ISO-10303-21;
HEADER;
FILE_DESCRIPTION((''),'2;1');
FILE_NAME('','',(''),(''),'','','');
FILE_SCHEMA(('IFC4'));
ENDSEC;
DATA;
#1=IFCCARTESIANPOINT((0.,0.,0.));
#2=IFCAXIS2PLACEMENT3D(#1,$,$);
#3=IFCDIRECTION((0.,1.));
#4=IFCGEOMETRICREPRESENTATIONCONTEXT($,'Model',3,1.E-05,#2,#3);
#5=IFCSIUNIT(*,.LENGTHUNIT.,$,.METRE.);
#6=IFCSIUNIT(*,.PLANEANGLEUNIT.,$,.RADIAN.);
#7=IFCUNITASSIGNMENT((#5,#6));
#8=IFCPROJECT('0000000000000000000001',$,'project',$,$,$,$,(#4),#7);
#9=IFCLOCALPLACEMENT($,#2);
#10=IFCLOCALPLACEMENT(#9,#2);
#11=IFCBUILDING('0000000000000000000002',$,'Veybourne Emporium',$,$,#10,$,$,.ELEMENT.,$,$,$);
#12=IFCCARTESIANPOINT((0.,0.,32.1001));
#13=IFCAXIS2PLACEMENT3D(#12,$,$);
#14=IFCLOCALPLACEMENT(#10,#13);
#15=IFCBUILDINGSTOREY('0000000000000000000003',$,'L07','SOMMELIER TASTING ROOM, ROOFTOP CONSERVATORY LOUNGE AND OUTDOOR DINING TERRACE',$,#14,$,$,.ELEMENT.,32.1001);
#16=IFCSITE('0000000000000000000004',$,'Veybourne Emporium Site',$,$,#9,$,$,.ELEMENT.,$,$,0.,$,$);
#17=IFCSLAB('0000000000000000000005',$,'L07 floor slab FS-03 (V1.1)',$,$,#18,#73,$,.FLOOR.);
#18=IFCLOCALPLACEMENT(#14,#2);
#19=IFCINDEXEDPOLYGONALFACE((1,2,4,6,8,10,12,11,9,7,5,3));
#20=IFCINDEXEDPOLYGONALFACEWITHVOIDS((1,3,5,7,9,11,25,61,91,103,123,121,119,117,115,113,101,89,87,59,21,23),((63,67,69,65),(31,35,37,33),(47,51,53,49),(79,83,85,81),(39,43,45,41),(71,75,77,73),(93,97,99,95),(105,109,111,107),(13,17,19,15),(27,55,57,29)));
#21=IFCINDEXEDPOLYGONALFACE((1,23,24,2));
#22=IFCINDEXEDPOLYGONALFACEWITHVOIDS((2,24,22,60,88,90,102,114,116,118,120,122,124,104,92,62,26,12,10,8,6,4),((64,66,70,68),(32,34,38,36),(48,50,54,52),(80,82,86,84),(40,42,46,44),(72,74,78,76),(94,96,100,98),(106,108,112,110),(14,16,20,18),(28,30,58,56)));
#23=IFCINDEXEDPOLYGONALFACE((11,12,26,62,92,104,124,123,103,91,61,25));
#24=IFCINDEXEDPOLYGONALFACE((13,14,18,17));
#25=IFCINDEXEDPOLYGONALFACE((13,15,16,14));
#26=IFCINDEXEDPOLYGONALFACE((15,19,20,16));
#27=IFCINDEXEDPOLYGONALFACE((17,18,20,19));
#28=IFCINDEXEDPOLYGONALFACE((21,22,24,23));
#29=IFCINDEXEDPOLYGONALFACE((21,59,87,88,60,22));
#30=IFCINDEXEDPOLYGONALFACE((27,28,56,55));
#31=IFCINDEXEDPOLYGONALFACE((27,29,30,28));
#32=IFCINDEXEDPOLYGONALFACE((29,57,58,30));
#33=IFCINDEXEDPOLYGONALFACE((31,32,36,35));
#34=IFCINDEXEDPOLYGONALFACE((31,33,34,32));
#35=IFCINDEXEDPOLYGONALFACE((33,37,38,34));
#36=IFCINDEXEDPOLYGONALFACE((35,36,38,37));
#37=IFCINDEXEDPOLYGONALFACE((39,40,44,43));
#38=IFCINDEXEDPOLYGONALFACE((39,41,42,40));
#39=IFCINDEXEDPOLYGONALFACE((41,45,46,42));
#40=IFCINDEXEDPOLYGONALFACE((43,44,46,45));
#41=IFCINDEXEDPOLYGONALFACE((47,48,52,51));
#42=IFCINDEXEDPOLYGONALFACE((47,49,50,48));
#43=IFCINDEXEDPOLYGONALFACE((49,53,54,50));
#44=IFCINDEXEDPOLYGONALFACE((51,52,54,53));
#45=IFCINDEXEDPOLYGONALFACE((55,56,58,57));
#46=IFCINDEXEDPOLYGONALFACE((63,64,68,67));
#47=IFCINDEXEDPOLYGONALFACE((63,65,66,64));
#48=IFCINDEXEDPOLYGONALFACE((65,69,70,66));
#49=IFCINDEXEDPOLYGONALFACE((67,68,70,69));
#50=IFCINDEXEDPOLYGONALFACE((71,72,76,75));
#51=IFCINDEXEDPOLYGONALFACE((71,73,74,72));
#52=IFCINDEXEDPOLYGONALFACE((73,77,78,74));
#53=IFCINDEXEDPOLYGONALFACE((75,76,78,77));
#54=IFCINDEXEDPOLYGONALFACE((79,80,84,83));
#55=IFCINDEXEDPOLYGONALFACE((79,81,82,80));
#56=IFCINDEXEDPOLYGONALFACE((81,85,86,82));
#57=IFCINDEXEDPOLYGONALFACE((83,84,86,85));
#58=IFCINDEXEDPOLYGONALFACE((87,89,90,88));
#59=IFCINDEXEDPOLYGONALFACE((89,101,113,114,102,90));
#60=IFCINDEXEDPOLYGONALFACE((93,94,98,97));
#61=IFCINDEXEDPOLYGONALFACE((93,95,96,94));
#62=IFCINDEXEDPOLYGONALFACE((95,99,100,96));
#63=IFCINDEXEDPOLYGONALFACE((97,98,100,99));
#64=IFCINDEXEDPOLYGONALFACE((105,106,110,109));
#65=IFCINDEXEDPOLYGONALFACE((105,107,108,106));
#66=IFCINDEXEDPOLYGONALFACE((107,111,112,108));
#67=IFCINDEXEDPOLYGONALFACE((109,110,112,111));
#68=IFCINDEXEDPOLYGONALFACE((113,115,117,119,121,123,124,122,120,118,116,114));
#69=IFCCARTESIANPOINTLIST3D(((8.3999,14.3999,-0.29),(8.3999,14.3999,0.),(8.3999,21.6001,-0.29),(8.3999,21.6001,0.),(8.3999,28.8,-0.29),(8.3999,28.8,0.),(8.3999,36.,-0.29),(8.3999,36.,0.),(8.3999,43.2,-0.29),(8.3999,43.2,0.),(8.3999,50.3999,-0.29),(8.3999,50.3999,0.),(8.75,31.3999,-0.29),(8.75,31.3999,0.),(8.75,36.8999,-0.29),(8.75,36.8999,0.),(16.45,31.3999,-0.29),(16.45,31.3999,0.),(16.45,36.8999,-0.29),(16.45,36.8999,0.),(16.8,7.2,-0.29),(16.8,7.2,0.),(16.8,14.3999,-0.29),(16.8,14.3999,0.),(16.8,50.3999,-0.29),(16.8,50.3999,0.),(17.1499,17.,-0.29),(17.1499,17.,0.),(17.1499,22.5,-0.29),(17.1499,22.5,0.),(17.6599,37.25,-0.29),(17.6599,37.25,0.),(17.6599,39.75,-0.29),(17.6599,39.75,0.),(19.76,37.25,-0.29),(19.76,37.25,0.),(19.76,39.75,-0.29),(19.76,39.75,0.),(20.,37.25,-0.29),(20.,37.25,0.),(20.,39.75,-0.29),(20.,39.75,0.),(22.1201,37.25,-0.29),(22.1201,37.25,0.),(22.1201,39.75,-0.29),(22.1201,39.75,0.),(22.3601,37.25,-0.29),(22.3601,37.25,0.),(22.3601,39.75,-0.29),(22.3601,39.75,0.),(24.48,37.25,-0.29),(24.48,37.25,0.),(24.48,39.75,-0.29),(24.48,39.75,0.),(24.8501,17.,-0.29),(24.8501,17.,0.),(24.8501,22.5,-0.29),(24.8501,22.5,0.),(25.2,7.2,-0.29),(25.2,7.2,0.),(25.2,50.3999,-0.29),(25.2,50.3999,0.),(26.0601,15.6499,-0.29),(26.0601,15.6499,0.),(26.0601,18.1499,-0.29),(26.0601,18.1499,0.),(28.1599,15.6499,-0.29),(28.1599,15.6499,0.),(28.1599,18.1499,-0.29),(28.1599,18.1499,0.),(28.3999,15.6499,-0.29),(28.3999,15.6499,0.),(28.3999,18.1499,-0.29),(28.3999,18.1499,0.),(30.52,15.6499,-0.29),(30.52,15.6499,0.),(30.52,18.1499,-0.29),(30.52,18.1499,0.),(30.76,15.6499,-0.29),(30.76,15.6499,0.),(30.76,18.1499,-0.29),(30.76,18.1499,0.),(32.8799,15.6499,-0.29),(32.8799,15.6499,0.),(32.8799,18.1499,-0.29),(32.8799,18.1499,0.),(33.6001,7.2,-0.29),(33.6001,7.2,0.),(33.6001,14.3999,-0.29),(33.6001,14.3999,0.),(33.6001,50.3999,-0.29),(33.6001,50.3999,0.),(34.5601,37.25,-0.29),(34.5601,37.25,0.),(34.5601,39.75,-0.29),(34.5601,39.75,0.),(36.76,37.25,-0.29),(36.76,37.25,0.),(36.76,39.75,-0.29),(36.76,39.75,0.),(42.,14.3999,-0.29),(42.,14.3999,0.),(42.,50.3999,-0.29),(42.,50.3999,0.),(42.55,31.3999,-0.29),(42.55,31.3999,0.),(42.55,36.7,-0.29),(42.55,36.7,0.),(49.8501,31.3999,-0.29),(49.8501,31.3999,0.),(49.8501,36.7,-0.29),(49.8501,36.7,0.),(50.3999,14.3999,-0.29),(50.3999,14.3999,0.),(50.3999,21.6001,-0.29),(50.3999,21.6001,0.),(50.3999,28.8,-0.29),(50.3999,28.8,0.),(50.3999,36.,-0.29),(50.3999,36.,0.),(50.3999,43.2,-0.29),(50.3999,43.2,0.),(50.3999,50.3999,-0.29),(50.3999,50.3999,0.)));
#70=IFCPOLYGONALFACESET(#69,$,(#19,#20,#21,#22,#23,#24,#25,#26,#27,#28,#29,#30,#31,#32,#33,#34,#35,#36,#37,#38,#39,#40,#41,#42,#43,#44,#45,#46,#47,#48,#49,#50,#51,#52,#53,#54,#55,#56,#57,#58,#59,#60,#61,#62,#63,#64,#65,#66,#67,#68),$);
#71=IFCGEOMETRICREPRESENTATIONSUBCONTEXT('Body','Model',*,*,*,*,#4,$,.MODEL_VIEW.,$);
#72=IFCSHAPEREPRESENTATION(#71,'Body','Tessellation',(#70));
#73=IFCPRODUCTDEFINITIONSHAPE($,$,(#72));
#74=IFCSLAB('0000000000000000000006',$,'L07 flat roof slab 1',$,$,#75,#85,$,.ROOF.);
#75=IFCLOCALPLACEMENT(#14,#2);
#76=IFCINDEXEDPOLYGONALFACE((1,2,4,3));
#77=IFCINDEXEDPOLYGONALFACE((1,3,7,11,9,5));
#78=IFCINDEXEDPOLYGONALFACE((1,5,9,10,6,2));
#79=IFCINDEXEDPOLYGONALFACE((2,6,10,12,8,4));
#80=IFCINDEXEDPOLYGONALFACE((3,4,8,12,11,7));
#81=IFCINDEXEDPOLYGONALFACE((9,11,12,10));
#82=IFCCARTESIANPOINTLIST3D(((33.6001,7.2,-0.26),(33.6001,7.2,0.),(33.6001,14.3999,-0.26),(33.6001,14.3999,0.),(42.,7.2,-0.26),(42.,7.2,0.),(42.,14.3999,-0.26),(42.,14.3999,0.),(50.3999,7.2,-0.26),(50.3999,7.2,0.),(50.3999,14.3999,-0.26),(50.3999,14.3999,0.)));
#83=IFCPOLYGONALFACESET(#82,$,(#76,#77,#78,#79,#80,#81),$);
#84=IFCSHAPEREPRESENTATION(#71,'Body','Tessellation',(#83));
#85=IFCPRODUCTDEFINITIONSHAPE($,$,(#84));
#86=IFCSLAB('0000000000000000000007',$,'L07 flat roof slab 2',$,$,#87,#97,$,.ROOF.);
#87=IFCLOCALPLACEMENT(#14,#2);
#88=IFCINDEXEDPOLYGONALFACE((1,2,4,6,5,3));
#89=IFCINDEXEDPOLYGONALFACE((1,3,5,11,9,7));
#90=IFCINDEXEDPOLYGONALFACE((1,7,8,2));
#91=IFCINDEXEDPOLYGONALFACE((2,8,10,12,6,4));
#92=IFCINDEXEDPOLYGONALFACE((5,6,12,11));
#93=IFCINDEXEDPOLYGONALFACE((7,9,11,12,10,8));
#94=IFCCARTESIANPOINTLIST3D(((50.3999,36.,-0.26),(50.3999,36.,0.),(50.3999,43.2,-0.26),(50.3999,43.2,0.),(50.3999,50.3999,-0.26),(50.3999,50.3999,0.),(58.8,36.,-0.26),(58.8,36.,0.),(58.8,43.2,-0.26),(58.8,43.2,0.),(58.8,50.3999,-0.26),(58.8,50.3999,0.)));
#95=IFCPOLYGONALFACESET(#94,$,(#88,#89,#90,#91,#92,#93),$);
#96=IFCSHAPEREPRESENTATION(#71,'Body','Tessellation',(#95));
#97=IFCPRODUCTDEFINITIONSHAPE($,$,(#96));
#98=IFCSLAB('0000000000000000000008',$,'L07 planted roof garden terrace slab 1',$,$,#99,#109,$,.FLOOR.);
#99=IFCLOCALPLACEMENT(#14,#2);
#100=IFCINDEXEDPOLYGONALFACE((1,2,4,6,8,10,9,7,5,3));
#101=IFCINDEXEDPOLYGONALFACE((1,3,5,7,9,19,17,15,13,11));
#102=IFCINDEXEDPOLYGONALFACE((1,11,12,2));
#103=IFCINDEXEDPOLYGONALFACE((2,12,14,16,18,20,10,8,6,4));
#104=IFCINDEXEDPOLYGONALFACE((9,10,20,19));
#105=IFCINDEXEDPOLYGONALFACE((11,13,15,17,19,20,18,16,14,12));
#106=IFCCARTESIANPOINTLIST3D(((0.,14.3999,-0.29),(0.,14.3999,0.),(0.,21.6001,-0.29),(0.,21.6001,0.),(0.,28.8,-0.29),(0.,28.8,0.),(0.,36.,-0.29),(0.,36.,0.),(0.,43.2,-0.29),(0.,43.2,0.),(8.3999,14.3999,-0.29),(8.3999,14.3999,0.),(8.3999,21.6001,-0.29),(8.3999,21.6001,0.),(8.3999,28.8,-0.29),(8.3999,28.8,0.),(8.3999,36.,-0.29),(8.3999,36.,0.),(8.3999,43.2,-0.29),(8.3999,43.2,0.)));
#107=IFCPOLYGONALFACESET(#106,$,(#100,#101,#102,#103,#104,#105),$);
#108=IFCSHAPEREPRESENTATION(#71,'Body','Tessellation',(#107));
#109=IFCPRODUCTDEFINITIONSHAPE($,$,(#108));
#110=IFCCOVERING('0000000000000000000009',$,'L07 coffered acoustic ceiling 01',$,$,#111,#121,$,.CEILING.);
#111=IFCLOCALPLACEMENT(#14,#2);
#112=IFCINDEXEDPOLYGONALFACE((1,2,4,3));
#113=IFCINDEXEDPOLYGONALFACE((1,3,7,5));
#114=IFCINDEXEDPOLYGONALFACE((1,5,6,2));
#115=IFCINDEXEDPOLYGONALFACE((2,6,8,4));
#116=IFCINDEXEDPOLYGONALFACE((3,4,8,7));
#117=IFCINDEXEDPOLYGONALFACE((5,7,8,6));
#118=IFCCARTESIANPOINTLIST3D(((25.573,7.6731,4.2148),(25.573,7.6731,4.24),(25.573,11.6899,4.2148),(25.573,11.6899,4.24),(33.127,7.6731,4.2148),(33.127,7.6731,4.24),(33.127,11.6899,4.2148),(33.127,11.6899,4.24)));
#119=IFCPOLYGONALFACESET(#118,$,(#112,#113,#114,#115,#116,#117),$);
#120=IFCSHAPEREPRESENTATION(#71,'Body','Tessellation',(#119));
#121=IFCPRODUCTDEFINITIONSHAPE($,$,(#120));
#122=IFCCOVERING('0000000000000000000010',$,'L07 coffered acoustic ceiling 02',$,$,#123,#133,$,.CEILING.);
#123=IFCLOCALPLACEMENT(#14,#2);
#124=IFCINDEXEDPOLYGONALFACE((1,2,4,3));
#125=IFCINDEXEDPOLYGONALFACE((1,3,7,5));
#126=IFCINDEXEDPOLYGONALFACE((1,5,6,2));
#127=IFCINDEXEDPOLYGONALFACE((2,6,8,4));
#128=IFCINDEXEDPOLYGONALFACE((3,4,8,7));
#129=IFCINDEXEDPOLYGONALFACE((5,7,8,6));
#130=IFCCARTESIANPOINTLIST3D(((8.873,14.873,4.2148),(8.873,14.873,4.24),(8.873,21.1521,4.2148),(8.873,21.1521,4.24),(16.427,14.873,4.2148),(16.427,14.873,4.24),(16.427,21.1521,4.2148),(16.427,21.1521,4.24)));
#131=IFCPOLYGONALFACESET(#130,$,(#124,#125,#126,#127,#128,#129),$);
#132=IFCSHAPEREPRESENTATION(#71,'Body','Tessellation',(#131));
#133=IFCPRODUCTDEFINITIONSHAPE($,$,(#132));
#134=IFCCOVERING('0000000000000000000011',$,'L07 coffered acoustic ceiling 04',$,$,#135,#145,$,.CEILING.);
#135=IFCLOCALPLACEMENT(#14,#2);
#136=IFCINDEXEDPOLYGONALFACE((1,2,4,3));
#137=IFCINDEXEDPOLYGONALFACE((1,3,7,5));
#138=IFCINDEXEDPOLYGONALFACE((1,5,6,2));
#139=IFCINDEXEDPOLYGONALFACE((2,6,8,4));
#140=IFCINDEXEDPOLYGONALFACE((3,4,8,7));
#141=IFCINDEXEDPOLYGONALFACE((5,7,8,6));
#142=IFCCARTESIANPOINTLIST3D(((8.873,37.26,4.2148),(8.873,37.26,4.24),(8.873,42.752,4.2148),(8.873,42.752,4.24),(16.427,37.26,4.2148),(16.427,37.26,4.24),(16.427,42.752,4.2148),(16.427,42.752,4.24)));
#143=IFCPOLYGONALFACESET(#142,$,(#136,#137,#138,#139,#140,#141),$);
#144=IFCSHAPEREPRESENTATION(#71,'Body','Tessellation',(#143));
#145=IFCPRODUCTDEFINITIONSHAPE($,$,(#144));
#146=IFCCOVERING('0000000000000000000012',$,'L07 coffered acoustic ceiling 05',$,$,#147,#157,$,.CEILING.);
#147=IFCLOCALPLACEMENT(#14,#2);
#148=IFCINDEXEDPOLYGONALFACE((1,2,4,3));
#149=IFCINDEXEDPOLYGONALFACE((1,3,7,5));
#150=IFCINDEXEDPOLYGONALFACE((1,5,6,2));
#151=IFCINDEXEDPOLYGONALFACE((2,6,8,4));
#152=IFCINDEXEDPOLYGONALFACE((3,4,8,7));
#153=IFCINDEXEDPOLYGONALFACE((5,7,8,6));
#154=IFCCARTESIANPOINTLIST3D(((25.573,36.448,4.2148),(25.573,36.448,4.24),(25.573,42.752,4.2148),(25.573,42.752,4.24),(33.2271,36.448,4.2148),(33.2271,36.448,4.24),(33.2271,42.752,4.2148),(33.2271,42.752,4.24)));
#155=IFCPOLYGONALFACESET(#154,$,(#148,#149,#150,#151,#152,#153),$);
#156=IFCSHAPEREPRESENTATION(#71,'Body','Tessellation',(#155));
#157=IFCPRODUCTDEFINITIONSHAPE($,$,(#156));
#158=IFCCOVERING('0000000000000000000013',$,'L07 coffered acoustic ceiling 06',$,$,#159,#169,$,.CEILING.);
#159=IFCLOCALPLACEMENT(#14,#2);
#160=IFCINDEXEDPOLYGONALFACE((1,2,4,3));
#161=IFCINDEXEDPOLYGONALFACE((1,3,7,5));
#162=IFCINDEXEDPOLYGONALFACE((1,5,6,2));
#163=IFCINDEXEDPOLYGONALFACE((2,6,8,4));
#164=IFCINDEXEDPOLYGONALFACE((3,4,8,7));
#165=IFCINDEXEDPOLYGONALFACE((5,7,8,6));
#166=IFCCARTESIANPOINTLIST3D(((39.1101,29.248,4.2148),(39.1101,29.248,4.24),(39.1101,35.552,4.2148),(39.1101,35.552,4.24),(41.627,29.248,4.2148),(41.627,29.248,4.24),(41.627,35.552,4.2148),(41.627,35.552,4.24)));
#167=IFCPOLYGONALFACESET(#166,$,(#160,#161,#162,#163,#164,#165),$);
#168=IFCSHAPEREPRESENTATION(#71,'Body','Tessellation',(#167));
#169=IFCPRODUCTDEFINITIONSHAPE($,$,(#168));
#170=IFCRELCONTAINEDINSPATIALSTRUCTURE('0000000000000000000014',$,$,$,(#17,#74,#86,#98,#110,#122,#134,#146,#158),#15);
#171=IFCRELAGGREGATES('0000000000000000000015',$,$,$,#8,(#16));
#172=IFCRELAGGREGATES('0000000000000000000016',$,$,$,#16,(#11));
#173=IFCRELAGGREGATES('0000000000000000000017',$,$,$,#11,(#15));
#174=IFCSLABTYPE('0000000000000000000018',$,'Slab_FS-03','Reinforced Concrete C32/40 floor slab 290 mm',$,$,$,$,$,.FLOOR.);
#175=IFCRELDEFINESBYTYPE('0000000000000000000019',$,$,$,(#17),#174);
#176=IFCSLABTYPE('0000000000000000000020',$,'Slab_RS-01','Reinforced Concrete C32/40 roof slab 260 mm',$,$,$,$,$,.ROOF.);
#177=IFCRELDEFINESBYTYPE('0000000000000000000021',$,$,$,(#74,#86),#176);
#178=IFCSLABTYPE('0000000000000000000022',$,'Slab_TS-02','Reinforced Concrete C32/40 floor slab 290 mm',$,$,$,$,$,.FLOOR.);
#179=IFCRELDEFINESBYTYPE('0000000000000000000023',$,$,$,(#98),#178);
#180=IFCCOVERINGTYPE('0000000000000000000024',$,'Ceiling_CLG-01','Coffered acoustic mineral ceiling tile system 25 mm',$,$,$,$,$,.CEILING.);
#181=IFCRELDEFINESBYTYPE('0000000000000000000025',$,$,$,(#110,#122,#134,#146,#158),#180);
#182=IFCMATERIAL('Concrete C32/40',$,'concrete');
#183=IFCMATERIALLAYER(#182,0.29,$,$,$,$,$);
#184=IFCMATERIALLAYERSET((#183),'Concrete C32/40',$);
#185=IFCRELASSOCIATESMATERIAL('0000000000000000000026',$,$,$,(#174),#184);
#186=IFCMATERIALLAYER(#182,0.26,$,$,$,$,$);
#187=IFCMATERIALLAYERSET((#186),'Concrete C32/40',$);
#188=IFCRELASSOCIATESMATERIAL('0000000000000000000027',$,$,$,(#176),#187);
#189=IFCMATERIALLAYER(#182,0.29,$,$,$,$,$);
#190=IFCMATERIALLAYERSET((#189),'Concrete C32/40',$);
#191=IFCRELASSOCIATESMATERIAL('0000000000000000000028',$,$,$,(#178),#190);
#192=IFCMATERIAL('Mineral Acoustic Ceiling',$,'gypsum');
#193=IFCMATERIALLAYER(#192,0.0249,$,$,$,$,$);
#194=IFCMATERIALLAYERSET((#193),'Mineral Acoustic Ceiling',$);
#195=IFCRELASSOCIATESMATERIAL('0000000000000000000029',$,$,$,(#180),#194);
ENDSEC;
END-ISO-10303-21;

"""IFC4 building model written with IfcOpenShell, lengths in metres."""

from ifc_helpers import new_model, si_unit, direction, frame, origin, place, context, subcontext, project, spatial, polyline, outline, extrude, material, layer, layer_set, type_object, element, save


model = new_model("IFC4")

# Units and contexts
model_context = context("Model", 3, precision=1e-05, world=origin(), true_north=direction((0.0, 1.0)))
body_context = subcontext(model_context, "Body", "Model", "MODEL_VIEW")
ifc_project = project(units=[si_unit("LENGTHUNIT", "METRE"), si_unit("PLANEANGLEUNIT", "RADIAN")], contexts=[model_context])

# Site, building, storey
site_placement = place(None, origin())
site = spatial("IfcSite", under=ifc_project, at=site_placement, Name="Veybourne Emporium Site", CompositionType="ELEMENT", RefElevation=0.0)
building_placement = place(site_placement, origin())
building = spatial("IfcBuilding", under=site, at=building_placement, Name="Veybourne Emporium", CompositionType="ELEMENT")
storey_placement = place(building_placement, frame((0.0, 0.0, 32.1001)))
storey = spatial("IfcBuildingStorey", under=building, at=storey_placement, Name="L07", Description="SOMMELIER TASTING ROOM, ROOFTOP CONSERVATORY LOUNGE AND OUTDOOR DINING TERRACE", CompositionType="ELEMENT", Elevation=32.1001)

# Shared definitions
ifc_material_1 = material(Name="Concrete C32/40", Category="concrete")

# Slabs
ifc_layer_1 = layer(ifc_material_1, 0.29)
ifc_layer_set_1 = layer_set([ifc_layer_1], Name="Concrete C32/40")
slab_type_1 = type_object("IfcSlabType", Name="Slab_FS-03", Description="Reinforced Concrete C32/40 floor slab 290 mm", PredefinedType="FLOOR", material=ifc_layer_set_1)
slab_1_placement = place(storey_placement, frame((0.0, 0.0, -0.29)))
element("IfcSlab", 1, at=slab_1_placement, inside=storey, type_object=slab_type_1, Name="L07 floor slab FS-03 (V1.1)", PredefinedType="FLOOR", context=body_context, shape_type="SweptSolid", body=[
    extrude(outline(polyline([(8.3999, 21.6001), (8.3999, 28.8), (8.3999, 36.0), (8.3999, 43.2), (8.3999, 50.3999), (16.8, 50.3999), (25.2, 50.3999), (33.6001, 50.3999), (42.0, 50.3999), (50.3999, 50.3999), (50.3999, 43.2), (50.3999, 36.0), (50.3999, 28.8), (50.3999, 21.6001), (50.3999, 14.3999), (42.0, 14.3999), (33.6001, 14.3999), (33.6001, 7.2), (25.2, 7.2), (16.8, 7.2), (16.8, 14.3999), (8.3999, 14.3999), (8.3999, 21.6001)]), holes=[polyline([(28.1599, 18.1499), (26.0601, 18.1499), (26.0601, 15.6499), (28.1599, 15.6499), (28.1599, 18.1499)]), polyline([(30.52, 18.1499), (28.3999, 18.1499), (28.3999, 15.6499), (30.52, 15.6499), (30.52, 18.1499)]), polyline([(32.8799, 18.1499), (30.76, 18.1499), (30.76, 15.6499), (32.8799, 15.6499), (32.8799, 18.1499)]), polyline([(24.8501, 17.0), (24.8501, 22.5), (17.1499, 22.5), (17.1499, 17.0), (24.8501, 17.0)]), polyline([(49.8501, 31.3999), (49.8501, 36.7), (42.55, 36.7), (42.55, 31.3999), (49.8501, 31.3999)]), polyline([(16.45, 36.8999), (8.75, 36.8999), (8.75, 31.3999), (16.45, 31.3999), (16.45, 36.8999)]), polyline([(19.76, 39.75), (17.6599, 39.75), (17.6599, 37.25), (19.76, 37.25), (19.76, 39.75)]), polyline([(22.1201, 39.75), (20.0, 39.75), (20.0, 37.25), (22.1201, 37.25), (22.1201, 39.75)]), polyline([(24.48, 37.25), (24.48, 39.75), (22.3601, 39.75), (22.3601, 37.25), (24.48, 37.25)]), polyline([(36.76, 37.25), (36.76, 39.75), (34.5601, 39.75), (34.5601, 37.25), (36.76, 37.25)])]), origin(), (0.0, 0.0, 1.0), 0.29),
])
ifc_layer_2 = layer(ifc_material_1, 0.26)
ifc_layer_set_2 = layer_set([ifc_layer_2], Name="Concrete C32/40")
slab_type_2 = type_object("IfcSlabType", Name="Slab_RS-01", Description="Reinforced Concrete C32/40 roof slab 260 mm", PredefinedType="ROOF", material=ifc_layer_set_2)
slab_2_placement = place(storey_placement, frame((0.0, 0.0, -0.26)))
element("IfcSlab", 2, at=slab_2_placement, inside=storey, type_object=slab_type_2, Name="L07 flat roof slab 1", PredefinedType="ROOF", context=body_context, shape_type="SweptSolid", body=[
    extrude(outline(polyline([(42.0, 14.3999), (50.3999, 14.3999), (50.3999, 7.2), (42.0, 7.2), (33.6001, 7.2), (33.6001, 14.3999), (42.0, 14.3999)])), origin(), (0.0, 0.0, 1.0), 0.26),
])
slab_3_placement = place(storey_placement, frame((0.0, 0.0, -0.26)))
element("IfcSlab", 3, at=slab_3_placement, inside=storey, type_object=slab_type_2, Name="L07 flat roof slab 2", PredefinedType="ROOF", context=body_context, shape_type="SweptSolid", body=[
    extrude(outline(polyline([(50.3999, 43.2), (50.3999, 50.3999), (58.8, 50.3999), (58.8, 43.2), (58.8, 36.0), (50.3999, 36.0), (50.3999, 43.2)])), origin(), (0.0, 0.0, 1.0), 0.26),
])
ifc_layer_3 = layer(ifc_material_1, 0.29)
ifc_layer_set_3 = layer_set([ifc_layer_3], Name="Concrete C32/40")
slab_type_3 = type_object("IfcSlabType", Name="Slab_TS-02", Description="Reinforced Concrete C32/40 floor slab 290 mm", PredefinedType="FLOOR", material=ifc_layer_set_3)
slab_4_placement = place(storey_placement, frame((0.0, 0.0, -0.29)))
element("IfcSlab", 4, at=slab_4_placement, inside=storey, type_object=slab_type_3, Name="L07 planted roof garden terrace slab 1", PredefinedType="FLOOR", context=body_context, shape_type="SweptSolid", body=[
    extrude(outline(polyline([(0.0, 21.6001), (0.0, 28.8), (0.0, 36.0), (0.0, 43.2), (8.3999, 43.2), (8.3999, 36.0), (8.3999, 28.8), (8.3999, 21.6001), (8.3999, 14.3999), (0.0, 14.3999), (0.0, 21.6001)])), origin(), (0.0, 0.0, 1.0), 0.29),
])

# Coverings
ifc_material_2 = material(Name="Mineral Acoustic Ceiling", Category="gypsum")
ifc_layer_4 = layer(ifc_material_2, 0.0249)
ifc_layer_set_4 = layer_set([ifc_layer_4], Name="Mineral Acoustic Ceiling")
covering_type_1 = type_object("IfcCoveringType", Name="Ceiling_CLG-01", Description="Coffered acoustic mineral ceiling tile system 25 mm", PredefinedType="CEILING", material=ifc_layer_set_4)
covering_1_placement = place(storey_placement, frame((0.0, 0.0, 4.2148)))
element("IfcCovering", 5, at=covering_1_placement, inside=storey, type_object=covering_type_1, Name="L07 coffered acoustic ceiling 01", PredefinedType="CEILING", context=body_context, shape_type="SweptSolid", body=[
    extrude(outline(polyline([(33.127, 11.6899), (33.127, 7.6731), (25.573, 7.6731), (25.573, 11.6899), (33.127, 11.6899)])), origin(), (0.0, 0.0, 1.0), 0.0251),
])
covering_2_placement = place(storey_placement, frame((0.0, 0.0, 4.2148)))
element("IfcCovering", 6, at=covering_2_placement, inside=storey, type_object=covering_type_1, Name="L07 coffered acoustic ceiling 02", PredefinedType="CEILING", context=body_context, shape_type="SweptSolid", body=[
    extrude(outline(polyline([(8.873, 21.1521), (16.427, 21.1521), (16.427, 14.873), (8.873, 14.873), (8.873, 21.1521)])), origin(), (0.0, 0.0, 1.0), 0.0251),
])
covering_3_placement = place(storey_placement, frame((0.0, 0.0, 4.2148)))
element("IfcCovering", 7, at=covering_3_placement, inside=storey, type_object=covering_type_1, Name="L07 coffered acoustic ceiling 04", PredefinedType="CEILING", context=body_context, shape_type="SweptSolid", body=[
    extrude(outline(polyline([(8.873, 37.26), (8.873, 42.752), (16.427, 42.752), (16.427, 37.26), (8.873, 37.26)])), origin(), (0.0, 0.0, 1.0), 0.0251),
])
covering_4_placement = place(storey_placement, frame((0.0, 0.0, 4.2148)))
element("IfcCovering", 8, at=covering_4_placement, inside=storey, type_object=covering_type_1, Name="L07 coffered acoustic ceiling 05", PredefinedType="CEILING", context=body_context, shape_type="SweptSolid", body=[
    extrude(outline(polyline([(25.573, 42.752), (33.2271, 42.752), (33.2271, 36.448), (25.573, 36.448), (25.573, 42.752)])), origin(), (0.0, 0.0, 1.0), 0.0251),
])
covering_5_placement = place(storey_placement, frame((0.0, 0.0, 4.2148)))
element("IfcCovering", 9, at=covering_5_placement, inside=storey, type_object=covering_type_1, Name="L07 coffered acoustic ceiling 06", PredefinedType="CEILING", context=body_context, shape_type="SweptSolid", body=[
    extrude(outline(polyline([(39.1101, 35.552), (41.627, 35.552), (41.627, 29.248), (39.1101, 29.248), (39.1101, 35.552)])), origin(), (0.0, 0.0, 1.0), 0.0251),
])

save(model, "model.ifc")
